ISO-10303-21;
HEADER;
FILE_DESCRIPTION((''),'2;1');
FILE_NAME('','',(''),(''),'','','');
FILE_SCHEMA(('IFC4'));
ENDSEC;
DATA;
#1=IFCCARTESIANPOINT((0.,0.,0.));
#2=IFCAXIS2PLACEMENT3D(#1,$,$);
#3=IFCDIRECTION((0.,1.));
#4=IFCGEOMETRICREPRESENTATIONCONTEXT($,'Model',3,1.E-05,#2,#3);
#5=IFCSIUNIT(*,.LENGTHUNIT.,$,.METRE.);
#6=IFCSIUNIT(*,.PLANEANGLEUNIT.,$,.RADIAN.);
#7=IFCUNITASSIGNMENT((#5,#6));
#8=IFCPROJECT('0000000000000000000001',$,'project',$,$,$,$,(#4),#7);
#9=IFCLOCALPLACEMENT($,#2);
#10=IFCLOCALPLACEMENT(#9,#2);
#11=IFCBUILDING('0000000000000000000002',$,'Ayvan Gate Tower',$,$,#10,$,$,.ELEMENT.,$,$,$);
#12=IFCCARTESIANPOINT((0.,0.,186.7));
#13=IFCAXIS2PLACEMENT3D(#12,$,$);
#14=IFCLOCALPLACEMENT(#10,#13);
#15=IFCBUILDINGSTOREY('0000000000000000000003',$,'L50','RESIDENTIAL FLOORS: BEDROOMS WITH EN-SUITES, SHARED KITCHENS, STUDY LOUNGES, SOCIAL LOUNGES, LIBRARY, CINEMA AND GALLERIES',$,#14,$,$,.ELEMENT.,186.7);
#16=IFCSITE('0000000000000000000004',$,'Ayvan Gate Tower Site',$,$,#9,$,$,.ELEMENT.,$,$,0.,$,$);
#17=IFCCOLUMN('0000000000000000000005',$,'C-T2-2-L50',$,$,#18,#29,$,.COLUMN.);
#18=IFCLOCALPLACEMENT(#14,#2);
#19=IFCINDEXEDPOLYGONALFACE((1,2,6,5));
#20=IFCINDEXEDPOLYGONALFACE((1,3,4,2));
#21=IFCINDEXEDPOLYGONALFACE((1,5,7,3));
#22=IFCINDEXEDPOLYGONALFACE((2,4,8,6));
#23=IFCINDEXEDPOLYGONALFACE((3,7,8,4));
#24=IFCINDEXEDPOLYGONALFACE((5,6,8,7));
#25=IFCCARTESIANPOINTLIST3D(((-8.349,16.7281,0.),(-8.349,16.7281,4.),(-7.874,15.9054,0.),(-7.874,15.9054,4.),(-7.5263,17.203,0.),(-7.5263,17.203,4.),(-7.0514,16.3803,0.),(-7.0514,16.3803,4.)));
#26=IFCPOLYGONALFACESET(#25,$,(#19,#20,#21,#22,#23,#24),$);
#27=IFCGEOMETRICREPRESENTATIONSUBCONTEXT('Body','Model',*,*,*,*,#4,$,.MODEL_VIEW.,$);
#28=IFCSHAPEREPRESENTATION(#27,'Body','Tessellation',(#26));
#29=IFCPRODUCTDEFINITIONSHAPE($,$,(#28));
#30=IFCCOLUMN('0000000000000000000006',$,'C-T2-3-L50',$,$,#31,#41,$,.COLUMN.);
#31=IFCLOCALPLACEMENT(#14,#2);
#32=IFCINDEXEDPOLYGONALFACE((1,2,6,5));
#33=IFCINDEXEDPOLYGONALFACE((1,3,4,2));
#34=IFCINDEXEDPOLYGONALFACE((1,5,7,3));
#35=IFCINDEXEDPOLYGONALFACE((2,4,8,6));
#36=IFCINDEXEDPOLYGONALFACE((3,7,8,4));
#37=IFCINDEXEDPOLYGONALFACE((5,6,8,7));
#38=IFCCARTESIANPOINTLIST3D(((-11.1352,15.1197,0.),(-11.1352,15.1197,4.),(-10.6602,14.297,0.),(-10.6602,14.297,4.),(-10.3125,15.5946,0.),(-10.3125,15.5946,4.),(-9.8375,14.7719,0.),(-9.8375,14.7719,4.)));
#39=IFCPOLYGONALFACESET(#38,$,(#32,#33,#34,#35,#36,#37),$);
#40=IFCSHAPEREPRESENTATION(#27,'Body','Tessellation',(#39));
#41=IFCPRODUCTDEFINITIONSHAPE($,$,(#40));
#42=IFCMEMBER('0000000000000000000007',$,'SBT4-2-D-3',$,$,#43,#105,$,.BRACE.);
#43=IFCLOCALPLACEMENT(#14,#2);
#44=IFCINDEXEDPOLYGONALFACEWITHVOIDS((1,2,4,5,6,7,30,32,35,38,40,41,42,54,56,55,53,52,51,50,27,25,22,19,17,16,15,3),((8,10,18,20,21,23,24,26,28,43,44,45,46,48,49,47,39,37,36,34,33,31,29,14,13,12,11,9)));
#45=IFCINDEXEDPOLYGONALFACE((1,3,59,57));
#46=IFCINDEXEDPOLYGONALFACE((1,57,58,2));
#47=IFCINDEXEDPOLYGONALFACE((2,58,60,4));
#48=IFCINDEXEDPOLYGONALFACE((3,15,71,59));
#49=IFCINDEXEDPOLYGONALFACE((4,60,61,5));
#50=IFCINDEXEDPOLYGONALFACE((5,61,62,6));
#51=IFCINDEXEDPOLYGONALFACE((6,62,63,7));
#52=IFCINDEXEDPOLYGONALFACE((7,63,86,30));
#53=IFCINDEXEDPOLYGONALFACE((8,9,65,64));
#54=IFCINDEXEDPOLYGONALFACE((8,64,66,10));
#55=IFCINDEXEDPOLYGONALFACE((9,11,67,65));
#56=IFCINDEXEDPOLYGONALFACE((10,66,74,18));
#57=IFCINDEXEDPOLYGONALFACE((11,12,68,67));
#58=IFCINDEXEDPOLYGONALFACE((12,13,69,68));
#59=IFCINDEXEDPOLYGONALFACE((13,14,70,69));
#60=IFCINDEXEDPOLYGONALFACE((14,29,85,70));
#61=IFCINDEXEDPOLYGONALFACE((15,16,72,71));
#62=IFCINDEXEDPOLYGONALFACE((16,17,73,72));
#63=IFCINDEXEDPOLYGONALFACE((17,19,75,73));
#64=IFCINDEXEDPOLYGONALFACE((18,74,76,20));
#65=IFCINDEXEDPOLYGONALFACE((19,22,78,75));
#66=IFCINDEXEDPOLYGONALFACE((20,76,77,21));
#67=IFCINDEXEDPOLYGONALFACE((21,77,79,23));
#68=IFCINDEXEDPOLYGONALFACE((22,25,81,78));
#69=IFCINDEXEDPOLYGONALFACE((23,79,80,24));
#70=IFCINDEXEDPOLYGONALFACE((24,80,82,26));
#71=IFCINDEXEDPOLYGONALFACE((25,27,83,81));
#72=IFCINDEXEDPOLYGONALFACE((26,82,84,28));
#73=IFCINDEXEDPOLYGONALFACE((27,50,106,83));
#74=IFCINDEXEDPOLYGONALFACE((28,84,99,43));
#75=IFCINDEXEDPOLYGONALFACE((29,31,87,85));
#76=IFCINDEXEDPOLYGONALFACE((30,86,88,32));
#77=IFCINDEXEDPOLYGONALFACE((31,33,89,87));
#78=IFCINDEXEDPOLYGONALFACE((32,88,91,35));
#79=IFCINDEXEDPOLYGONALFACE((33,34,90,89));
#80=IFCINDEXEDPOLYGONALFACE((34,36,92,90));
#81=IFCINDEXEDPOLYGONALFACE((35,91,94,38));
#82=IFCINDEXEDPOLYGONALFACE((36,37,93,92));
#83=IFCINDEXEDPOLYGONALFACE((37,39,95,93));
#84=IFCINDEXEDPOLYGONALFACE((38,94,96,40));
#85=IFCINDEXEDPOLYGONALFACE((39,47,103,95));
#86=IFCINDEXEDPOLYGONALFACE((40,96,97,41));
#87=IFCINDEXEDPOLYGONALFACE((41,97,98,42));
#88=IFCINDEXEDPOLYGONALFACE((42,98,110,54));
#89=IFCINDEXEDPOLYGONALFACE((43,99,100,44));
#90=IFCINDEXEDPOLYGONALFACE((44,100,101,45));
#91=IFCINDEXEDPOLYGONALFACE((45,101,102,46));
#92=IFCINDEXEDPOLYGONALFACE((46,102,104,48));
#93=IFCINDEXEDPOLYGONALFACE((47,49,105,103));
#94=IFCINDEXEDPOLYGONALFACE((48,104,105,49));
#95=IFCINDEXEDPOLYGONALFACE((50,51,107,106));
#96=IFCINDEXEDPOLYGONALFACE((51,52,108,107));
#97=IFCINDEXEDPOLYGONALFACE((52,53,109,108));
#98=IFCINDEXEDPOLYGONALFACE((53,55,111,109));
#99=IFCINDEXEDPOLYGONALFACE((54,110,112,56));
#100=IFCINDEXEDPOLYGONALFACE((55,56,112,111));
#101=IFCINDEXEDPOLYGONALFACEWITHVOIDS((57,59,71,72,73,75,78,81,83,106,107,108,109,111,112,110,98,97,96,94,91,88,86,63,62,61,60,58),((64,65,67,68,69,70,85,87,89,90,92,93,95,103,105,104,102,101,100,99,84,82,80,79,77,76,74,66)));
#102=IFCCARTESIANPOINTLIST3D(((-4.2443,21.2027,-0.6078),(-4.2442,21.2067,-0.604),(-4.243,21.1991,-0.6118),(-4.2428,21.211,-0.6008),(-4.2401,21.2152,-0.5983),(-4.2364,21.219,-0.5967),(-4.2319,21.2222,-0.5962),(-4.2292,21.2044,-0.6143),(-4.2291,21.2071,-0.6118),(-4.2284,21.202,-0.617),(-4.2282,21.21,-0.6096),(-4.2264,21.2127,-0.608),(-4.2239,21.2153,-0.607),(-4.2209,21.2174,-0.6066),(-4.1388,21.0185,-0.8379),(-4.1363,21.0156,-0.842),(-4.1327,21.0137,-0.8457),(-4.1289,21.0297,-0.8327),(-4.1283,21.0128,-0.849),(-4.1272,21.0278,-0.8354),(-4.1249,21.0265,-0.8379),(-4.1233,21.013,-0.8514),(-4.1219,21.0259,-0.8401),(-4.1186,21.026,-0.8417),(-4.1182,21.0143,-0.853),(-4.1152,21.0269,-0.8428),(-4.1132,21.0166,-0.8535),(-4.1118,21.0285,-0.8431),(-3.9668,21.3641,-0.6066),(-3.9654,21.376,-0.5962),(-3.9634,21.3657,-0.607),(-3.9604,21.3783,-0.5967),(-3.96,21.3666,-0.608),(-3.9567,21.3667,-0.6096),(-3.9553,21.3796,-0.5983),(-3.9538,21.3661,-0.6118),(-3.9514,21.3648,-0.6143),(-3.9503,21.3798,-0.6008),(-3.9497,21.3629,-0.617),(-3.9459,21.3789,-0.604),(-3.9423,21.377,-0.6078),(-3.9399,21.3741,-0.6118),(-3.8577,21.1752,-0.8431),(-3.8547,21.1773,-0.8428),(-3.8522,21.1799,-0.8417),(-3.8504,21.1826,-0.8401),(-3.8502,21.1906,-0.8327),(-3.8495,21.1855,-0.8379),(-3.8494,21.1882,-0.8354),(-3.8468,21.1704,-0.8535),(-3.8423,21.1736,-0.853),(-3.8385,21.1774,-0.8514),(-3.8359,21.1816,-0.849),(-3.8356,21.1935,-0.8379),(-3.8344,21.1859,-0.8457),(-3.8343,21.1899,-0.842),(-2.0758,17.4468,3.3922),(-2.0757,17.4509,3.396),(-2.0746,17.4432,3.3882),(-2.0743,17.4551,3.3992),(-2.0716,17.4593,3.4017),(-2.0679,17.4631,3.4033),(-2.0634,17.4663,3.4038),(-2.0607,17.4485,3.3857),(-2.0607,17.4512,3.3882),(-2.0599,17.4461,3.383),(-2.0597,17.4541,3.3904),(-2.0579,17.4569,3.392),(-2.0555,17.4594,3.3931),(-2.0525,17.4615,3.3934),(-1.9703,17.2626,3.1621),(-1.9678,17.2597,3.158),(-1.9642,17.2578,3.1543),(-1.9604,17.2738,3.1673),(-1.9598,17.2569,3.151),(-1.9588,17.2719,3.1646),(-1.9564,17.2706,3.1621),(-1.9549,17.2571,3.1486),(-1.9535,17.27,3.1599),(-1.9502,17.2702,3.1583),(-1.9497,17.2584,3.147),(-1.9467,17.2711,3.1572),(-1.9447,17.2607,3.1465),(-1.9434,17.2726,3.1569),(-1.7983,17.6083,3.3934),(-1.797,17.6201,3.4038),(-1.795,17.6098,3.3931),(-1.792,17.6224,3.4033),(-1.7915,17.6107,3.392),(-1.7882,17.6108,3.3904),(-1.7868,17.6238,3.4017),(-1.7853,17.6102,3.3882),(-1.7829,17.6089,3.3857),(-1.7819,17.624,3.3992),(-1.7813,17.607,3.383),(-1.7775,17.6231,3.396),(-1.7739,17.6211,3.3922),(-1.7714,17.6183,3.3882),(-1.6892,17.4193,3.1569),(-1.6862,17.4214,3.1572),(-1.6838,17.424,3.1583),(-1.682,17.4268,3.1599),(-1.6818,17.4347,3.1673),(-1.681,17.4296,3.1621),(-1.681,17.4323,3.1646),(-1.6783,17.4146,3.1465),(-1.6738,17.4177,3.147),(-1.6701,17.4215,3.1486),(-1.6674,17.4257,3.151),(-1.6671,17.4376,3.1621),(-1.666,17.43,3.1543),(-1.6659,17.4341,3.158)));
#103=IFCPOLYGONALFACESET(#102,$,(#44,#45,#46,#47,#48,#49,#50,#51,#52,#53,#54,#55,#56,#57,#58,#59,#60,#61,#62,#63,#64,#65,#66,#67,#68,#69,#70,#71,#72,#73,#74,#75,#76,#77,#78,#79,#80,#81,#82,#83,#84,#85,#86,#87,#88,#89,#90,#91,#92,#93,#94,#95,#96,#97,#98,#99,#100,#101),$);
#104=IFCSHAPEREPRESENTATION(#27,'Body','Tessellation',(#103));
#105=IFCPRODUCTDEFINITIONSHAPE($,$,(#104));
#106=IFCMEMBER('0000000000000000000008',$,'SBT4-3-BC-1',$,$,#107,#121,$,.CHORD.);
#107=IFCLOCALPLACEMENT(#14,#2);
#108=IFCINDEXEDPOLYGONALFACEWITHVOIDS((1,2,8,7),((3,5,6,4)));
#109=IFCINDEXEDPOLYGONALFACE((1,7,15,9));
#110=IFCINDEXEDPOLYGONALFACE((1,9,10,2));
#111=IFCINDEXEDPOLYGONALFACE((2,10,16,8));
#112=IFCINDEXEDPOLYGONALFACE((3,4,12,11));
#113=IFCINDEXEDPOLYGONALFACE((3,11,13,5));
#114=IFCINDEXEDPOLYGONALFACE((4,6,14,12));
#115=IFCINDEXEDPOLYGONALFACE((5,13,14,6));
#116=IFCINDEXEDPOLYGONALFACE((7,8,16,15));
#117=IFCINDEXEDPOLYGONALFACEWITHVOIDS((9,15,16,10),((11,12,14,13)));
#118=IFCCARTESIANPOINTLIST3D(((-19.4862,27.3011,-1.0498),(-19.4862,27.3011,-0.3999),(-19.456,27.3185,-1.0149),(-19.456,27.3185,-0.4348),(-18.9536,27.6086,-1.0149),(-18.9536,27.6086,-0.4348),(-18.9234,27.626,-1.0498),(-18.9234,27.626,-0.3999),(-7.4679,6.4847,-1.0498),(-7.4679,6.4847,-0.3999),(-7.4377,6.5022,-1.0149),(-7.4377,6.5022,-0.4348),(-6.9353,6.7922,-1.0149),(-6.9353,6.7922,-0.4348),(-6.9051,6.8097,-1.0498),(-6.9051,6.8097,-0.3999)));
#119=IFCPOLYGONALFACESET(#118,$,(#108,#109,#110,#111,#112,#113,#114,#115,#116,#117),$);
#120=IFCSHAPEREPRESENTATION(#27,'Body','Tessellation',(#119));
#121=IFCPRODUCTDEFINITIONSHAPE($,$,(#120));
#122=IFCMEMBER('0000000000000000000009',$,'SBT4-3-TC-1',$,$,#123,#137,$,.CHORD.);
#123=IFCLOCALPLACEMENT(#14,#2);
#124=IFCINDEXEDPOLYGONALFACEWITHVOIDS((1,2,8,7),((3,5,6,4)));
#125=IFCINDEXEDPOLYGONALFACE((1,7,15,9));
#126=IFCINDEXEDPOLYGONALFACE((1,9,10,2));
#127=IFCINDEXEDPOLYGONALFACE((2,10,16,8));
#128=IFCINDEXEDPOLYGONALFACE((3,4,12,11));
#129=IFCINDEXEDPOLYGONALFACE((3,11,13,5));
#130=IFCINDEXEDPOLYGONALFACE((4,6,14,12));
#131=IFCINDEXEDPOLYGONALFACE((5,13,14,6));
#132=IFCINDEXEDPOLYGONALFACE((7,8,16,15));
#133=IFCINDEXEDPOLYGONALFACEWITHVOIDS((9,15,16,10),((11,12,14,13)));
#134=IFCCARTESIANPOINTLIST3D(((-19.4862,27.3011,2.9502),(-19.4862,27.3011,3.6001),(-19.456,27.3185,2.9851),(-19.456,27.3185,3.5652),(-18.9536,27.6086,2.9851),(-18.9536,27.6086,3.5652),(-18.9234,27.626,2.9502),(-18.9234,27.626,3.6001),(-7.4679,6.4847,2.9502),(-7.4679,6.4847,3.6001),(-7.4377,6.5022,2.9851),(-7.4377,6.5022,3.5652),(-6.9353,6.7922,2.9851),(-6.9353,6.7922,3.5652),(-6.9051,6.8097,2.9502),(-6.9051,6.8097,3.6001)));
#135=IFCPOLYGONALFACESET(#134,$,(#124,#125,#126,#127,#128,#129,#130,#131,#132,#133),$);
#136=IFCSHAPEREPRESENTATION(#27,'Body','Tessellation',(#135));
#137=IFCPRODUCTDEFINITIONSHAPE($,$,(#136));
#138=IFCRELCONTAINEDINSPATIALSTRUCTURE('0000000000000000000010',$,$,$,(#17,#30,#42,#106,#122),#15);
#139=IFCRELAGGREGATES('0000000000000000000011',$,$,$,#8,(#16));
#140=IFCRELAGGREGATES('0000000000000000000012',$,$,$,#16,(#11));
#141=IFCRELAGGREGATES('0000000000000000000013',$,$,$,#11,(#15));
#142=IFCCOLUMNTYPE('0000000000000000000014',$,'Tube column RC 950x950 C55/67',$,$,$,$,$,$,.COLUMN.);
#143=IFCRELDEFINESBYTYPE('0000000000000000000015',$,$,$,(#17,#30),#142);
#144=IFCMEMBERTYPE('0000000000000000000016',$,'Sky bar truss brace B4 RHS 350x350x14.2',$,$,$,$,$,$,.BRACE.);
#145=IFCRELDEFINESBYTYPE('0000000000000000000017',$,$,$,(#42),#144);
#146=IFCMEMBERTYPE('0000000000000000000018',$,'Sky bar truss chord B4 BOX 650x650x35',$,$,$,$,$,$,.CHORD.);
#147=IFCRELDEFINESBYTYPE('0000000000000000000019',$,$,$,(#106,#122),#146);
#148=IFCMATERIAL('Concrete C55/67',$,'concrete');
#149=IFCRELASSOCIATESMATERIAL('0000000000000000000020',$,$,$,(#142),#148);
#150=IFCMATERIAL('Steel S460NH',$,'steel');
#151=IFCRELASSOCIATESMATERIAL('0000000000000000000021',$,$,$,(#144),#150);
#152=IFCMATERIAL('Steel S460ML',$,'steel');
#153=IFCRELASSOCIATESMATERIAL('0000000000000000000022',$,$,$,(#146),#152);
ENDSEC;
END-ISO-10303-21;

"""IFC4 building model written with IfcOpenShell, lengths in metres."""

from ifc_helpers import new_model, si_unit, direction, frame, origin, origin_2d, place, context, subcontext, project, spatial, rectangle, hollow_rectangle, extrude, material, material_profile, profile_set, type_object, element, save


model = new_model("IFC4")

# Units and contexts
model_context = context("Model", 3, precision=1e-05, world=origin(), true_north=direction((0.0, 1.0)))
body_context = subcontext(model_context, "Body", "Model", "MODEL_VIEW")
ifc_project = project(units=[si_unit("LENGTHUNIT", "METRE"), si_unit("PLANEANGLEUNIT", "RADIAN")], contexts=[model_context])

# Site, building, storey
site_placement = place(None, origin())
site = spatial("IfcSite", under=ifc_project, at=site_placement, Name="Ayvan Gate Tower Site", CompositionType="ELEMENT", RefElevation=0.0)
building_placement = place(site_placement, origin())
building = spatial("IfcBuilding", under=site, at=building_placement, Name="Ayvan Gate Tower", CompositionType="ELEMENT")
storey_placement = place(building_placement, frame((0.0, 0.0, 186.7)))
storey = spatial("IfcBuildingStorey", under=building, at=storey_placement, Name="L50", Description="RESIDENTIAL FLOORS: BEDROOMS WITH EN-SUITES, SHARED KITCHENS, STUDY LOUNGES, SOCIAL LOUNGES, LIBRARY, CINEMA AND GALLERIES", CompositionType="ELEMENT", Elevation=186.7)

# Columns
ifc_material_1 = material(Name="Concrete C55/67", Category="concrete")
ifc_material_profile_1 = material_profile(ifc_material_1, rectangle(XDim=0.95, YDim=0.95, at=origin_2d()), Name="RC 950x950")
ifc_profile_set_1 = profile_set([ifc_material_profile_1], Name="Concrete C55/67")
column_type = type_object("IfcColumnType", Name="Tube column RC 950x950 C55/67", PredefinedType="COLUMN", material=ifc_profile_set_1)
for number, where, z_axis, x_axis, name in (
    (1, (-7.7002, 16.5542, 0.0), (0.0, 0.0, 1.0), (-0.5, 0.866025, 0.0), "C-T2-2-L50"),
    (2, (-10.4863, 14.9458, 0.0), (0.0, 0.0, 1.0), (-0.5, 0.866025, 0.0), "C-T2-3-L50"),
):
    element("IfcColumn", number, at=place(storey_placement, frame(where, z_axis=z_axis, x_axis=x_axis)), inside=storey, type_object=column_type, Name=name, PredefinedType="COLUMN", context=body_context, shape_type="SweptSolid", body=[
        extrude(rectangle(XDim=0.95, YDim=0.95, at=origin_2d()), origin(), (0.0, 0.0, 1.0), 4.0),
    ])

# Members
ifc_material_2 = material(Name="Steel S460NH", Category="steel")
ifc_material_profile_2 = material_profile(ifc_material_2, hollow_rectangle(XDim=0.3501, YDim=0.3501, WallThickness=0.0142, InnerFilletRadius=0.0142, OuterFilletRadius=0.0212, at=origin_2d()), Name="RHS 350x350x14.2")
ifc_profile_set_2 = profile_set([ifc_material_profile_2], Name="Steel S460NH")
member_type_1 = type_object("IfcMemberType", Name="Sky bar truss brace B4 RHS 350x350x14.2", PredefinedType="BRACE", material=ifc_profile_set_2)
member_placement = place(storey_placement, frame((-1.8708, 17.4404, 3.2751), z_axis=(-0.367542, 0.636598, -0.677979), x_axis=(-0.866024, -0.500002, 0.0)))
element("IfcMember", 3, at=member_placement, inside=storey, type_object=member_type_1, Name="SBT4-2-D-3", PredefinedType="BRACE", context=body_context, shape_type="SweptSolid", body=[
    extrude(hollow_rectangle(XDim=0.3501, YDim=0.3501, WallThickness=0.0142, InnerFilletRadius=0.0142, OuterFilletRadius=0.0212, at=origin_2d()), origin(), (0.0, 0.0, 1.0), 5.8999),
])
ifc_material_3 = material(Name="Steel S460ML", Category="steel")
ifc_material_profile_3 = material_profile(ifc_material_3, hollow_rectangle(XDim=0.6499, YDim=0.6499, WallThickness=0.0349, at=origin_2d()), Name="BOX 650x650x35")
ifc_profile_set_3 = profile_set([ifc_material_profile_3], Name="Steel S460ML")
member_type_2 = type_object("IfcMemberType", Name="Sky bar truss chord B4 BOX 650x650x35", PredefinedType="CHORD", material=ifc_profile_set_3)
for number, where, z_axis, x_axis, name in (
    (4, (-7.1865, 6.6472, -0.7249), (-0.499999, 0.866026, 0.0), (-0.866026, -0.499999, 0.0), "SBT4-3-BC-1"),
    (5, (-7.1865, 6.6472, 3.2751), (-0.499999, 0.866026, 0.0), (-0.866026, -0.499999, 0.0), "SBT4-3-TC-1"),
):
    element("IfcMember", number, at=place(storey_placement, frame(where, z_axis=z_axis, x_axis=x_axis)), inside=storey, type_object=member_type_2, Name=name, PredefinedType="CHORD", context=body_context, shape_type="SweptSolid", body=[
        extrude(hollow_rectangle(XDim=0.6499, YDim=0.6499, WallThickness=0.0349, at=origin_2d()), origin(), (0.0, 0.0, 1.0), 24.0366),
    ])

save(model, "model.ifc")
